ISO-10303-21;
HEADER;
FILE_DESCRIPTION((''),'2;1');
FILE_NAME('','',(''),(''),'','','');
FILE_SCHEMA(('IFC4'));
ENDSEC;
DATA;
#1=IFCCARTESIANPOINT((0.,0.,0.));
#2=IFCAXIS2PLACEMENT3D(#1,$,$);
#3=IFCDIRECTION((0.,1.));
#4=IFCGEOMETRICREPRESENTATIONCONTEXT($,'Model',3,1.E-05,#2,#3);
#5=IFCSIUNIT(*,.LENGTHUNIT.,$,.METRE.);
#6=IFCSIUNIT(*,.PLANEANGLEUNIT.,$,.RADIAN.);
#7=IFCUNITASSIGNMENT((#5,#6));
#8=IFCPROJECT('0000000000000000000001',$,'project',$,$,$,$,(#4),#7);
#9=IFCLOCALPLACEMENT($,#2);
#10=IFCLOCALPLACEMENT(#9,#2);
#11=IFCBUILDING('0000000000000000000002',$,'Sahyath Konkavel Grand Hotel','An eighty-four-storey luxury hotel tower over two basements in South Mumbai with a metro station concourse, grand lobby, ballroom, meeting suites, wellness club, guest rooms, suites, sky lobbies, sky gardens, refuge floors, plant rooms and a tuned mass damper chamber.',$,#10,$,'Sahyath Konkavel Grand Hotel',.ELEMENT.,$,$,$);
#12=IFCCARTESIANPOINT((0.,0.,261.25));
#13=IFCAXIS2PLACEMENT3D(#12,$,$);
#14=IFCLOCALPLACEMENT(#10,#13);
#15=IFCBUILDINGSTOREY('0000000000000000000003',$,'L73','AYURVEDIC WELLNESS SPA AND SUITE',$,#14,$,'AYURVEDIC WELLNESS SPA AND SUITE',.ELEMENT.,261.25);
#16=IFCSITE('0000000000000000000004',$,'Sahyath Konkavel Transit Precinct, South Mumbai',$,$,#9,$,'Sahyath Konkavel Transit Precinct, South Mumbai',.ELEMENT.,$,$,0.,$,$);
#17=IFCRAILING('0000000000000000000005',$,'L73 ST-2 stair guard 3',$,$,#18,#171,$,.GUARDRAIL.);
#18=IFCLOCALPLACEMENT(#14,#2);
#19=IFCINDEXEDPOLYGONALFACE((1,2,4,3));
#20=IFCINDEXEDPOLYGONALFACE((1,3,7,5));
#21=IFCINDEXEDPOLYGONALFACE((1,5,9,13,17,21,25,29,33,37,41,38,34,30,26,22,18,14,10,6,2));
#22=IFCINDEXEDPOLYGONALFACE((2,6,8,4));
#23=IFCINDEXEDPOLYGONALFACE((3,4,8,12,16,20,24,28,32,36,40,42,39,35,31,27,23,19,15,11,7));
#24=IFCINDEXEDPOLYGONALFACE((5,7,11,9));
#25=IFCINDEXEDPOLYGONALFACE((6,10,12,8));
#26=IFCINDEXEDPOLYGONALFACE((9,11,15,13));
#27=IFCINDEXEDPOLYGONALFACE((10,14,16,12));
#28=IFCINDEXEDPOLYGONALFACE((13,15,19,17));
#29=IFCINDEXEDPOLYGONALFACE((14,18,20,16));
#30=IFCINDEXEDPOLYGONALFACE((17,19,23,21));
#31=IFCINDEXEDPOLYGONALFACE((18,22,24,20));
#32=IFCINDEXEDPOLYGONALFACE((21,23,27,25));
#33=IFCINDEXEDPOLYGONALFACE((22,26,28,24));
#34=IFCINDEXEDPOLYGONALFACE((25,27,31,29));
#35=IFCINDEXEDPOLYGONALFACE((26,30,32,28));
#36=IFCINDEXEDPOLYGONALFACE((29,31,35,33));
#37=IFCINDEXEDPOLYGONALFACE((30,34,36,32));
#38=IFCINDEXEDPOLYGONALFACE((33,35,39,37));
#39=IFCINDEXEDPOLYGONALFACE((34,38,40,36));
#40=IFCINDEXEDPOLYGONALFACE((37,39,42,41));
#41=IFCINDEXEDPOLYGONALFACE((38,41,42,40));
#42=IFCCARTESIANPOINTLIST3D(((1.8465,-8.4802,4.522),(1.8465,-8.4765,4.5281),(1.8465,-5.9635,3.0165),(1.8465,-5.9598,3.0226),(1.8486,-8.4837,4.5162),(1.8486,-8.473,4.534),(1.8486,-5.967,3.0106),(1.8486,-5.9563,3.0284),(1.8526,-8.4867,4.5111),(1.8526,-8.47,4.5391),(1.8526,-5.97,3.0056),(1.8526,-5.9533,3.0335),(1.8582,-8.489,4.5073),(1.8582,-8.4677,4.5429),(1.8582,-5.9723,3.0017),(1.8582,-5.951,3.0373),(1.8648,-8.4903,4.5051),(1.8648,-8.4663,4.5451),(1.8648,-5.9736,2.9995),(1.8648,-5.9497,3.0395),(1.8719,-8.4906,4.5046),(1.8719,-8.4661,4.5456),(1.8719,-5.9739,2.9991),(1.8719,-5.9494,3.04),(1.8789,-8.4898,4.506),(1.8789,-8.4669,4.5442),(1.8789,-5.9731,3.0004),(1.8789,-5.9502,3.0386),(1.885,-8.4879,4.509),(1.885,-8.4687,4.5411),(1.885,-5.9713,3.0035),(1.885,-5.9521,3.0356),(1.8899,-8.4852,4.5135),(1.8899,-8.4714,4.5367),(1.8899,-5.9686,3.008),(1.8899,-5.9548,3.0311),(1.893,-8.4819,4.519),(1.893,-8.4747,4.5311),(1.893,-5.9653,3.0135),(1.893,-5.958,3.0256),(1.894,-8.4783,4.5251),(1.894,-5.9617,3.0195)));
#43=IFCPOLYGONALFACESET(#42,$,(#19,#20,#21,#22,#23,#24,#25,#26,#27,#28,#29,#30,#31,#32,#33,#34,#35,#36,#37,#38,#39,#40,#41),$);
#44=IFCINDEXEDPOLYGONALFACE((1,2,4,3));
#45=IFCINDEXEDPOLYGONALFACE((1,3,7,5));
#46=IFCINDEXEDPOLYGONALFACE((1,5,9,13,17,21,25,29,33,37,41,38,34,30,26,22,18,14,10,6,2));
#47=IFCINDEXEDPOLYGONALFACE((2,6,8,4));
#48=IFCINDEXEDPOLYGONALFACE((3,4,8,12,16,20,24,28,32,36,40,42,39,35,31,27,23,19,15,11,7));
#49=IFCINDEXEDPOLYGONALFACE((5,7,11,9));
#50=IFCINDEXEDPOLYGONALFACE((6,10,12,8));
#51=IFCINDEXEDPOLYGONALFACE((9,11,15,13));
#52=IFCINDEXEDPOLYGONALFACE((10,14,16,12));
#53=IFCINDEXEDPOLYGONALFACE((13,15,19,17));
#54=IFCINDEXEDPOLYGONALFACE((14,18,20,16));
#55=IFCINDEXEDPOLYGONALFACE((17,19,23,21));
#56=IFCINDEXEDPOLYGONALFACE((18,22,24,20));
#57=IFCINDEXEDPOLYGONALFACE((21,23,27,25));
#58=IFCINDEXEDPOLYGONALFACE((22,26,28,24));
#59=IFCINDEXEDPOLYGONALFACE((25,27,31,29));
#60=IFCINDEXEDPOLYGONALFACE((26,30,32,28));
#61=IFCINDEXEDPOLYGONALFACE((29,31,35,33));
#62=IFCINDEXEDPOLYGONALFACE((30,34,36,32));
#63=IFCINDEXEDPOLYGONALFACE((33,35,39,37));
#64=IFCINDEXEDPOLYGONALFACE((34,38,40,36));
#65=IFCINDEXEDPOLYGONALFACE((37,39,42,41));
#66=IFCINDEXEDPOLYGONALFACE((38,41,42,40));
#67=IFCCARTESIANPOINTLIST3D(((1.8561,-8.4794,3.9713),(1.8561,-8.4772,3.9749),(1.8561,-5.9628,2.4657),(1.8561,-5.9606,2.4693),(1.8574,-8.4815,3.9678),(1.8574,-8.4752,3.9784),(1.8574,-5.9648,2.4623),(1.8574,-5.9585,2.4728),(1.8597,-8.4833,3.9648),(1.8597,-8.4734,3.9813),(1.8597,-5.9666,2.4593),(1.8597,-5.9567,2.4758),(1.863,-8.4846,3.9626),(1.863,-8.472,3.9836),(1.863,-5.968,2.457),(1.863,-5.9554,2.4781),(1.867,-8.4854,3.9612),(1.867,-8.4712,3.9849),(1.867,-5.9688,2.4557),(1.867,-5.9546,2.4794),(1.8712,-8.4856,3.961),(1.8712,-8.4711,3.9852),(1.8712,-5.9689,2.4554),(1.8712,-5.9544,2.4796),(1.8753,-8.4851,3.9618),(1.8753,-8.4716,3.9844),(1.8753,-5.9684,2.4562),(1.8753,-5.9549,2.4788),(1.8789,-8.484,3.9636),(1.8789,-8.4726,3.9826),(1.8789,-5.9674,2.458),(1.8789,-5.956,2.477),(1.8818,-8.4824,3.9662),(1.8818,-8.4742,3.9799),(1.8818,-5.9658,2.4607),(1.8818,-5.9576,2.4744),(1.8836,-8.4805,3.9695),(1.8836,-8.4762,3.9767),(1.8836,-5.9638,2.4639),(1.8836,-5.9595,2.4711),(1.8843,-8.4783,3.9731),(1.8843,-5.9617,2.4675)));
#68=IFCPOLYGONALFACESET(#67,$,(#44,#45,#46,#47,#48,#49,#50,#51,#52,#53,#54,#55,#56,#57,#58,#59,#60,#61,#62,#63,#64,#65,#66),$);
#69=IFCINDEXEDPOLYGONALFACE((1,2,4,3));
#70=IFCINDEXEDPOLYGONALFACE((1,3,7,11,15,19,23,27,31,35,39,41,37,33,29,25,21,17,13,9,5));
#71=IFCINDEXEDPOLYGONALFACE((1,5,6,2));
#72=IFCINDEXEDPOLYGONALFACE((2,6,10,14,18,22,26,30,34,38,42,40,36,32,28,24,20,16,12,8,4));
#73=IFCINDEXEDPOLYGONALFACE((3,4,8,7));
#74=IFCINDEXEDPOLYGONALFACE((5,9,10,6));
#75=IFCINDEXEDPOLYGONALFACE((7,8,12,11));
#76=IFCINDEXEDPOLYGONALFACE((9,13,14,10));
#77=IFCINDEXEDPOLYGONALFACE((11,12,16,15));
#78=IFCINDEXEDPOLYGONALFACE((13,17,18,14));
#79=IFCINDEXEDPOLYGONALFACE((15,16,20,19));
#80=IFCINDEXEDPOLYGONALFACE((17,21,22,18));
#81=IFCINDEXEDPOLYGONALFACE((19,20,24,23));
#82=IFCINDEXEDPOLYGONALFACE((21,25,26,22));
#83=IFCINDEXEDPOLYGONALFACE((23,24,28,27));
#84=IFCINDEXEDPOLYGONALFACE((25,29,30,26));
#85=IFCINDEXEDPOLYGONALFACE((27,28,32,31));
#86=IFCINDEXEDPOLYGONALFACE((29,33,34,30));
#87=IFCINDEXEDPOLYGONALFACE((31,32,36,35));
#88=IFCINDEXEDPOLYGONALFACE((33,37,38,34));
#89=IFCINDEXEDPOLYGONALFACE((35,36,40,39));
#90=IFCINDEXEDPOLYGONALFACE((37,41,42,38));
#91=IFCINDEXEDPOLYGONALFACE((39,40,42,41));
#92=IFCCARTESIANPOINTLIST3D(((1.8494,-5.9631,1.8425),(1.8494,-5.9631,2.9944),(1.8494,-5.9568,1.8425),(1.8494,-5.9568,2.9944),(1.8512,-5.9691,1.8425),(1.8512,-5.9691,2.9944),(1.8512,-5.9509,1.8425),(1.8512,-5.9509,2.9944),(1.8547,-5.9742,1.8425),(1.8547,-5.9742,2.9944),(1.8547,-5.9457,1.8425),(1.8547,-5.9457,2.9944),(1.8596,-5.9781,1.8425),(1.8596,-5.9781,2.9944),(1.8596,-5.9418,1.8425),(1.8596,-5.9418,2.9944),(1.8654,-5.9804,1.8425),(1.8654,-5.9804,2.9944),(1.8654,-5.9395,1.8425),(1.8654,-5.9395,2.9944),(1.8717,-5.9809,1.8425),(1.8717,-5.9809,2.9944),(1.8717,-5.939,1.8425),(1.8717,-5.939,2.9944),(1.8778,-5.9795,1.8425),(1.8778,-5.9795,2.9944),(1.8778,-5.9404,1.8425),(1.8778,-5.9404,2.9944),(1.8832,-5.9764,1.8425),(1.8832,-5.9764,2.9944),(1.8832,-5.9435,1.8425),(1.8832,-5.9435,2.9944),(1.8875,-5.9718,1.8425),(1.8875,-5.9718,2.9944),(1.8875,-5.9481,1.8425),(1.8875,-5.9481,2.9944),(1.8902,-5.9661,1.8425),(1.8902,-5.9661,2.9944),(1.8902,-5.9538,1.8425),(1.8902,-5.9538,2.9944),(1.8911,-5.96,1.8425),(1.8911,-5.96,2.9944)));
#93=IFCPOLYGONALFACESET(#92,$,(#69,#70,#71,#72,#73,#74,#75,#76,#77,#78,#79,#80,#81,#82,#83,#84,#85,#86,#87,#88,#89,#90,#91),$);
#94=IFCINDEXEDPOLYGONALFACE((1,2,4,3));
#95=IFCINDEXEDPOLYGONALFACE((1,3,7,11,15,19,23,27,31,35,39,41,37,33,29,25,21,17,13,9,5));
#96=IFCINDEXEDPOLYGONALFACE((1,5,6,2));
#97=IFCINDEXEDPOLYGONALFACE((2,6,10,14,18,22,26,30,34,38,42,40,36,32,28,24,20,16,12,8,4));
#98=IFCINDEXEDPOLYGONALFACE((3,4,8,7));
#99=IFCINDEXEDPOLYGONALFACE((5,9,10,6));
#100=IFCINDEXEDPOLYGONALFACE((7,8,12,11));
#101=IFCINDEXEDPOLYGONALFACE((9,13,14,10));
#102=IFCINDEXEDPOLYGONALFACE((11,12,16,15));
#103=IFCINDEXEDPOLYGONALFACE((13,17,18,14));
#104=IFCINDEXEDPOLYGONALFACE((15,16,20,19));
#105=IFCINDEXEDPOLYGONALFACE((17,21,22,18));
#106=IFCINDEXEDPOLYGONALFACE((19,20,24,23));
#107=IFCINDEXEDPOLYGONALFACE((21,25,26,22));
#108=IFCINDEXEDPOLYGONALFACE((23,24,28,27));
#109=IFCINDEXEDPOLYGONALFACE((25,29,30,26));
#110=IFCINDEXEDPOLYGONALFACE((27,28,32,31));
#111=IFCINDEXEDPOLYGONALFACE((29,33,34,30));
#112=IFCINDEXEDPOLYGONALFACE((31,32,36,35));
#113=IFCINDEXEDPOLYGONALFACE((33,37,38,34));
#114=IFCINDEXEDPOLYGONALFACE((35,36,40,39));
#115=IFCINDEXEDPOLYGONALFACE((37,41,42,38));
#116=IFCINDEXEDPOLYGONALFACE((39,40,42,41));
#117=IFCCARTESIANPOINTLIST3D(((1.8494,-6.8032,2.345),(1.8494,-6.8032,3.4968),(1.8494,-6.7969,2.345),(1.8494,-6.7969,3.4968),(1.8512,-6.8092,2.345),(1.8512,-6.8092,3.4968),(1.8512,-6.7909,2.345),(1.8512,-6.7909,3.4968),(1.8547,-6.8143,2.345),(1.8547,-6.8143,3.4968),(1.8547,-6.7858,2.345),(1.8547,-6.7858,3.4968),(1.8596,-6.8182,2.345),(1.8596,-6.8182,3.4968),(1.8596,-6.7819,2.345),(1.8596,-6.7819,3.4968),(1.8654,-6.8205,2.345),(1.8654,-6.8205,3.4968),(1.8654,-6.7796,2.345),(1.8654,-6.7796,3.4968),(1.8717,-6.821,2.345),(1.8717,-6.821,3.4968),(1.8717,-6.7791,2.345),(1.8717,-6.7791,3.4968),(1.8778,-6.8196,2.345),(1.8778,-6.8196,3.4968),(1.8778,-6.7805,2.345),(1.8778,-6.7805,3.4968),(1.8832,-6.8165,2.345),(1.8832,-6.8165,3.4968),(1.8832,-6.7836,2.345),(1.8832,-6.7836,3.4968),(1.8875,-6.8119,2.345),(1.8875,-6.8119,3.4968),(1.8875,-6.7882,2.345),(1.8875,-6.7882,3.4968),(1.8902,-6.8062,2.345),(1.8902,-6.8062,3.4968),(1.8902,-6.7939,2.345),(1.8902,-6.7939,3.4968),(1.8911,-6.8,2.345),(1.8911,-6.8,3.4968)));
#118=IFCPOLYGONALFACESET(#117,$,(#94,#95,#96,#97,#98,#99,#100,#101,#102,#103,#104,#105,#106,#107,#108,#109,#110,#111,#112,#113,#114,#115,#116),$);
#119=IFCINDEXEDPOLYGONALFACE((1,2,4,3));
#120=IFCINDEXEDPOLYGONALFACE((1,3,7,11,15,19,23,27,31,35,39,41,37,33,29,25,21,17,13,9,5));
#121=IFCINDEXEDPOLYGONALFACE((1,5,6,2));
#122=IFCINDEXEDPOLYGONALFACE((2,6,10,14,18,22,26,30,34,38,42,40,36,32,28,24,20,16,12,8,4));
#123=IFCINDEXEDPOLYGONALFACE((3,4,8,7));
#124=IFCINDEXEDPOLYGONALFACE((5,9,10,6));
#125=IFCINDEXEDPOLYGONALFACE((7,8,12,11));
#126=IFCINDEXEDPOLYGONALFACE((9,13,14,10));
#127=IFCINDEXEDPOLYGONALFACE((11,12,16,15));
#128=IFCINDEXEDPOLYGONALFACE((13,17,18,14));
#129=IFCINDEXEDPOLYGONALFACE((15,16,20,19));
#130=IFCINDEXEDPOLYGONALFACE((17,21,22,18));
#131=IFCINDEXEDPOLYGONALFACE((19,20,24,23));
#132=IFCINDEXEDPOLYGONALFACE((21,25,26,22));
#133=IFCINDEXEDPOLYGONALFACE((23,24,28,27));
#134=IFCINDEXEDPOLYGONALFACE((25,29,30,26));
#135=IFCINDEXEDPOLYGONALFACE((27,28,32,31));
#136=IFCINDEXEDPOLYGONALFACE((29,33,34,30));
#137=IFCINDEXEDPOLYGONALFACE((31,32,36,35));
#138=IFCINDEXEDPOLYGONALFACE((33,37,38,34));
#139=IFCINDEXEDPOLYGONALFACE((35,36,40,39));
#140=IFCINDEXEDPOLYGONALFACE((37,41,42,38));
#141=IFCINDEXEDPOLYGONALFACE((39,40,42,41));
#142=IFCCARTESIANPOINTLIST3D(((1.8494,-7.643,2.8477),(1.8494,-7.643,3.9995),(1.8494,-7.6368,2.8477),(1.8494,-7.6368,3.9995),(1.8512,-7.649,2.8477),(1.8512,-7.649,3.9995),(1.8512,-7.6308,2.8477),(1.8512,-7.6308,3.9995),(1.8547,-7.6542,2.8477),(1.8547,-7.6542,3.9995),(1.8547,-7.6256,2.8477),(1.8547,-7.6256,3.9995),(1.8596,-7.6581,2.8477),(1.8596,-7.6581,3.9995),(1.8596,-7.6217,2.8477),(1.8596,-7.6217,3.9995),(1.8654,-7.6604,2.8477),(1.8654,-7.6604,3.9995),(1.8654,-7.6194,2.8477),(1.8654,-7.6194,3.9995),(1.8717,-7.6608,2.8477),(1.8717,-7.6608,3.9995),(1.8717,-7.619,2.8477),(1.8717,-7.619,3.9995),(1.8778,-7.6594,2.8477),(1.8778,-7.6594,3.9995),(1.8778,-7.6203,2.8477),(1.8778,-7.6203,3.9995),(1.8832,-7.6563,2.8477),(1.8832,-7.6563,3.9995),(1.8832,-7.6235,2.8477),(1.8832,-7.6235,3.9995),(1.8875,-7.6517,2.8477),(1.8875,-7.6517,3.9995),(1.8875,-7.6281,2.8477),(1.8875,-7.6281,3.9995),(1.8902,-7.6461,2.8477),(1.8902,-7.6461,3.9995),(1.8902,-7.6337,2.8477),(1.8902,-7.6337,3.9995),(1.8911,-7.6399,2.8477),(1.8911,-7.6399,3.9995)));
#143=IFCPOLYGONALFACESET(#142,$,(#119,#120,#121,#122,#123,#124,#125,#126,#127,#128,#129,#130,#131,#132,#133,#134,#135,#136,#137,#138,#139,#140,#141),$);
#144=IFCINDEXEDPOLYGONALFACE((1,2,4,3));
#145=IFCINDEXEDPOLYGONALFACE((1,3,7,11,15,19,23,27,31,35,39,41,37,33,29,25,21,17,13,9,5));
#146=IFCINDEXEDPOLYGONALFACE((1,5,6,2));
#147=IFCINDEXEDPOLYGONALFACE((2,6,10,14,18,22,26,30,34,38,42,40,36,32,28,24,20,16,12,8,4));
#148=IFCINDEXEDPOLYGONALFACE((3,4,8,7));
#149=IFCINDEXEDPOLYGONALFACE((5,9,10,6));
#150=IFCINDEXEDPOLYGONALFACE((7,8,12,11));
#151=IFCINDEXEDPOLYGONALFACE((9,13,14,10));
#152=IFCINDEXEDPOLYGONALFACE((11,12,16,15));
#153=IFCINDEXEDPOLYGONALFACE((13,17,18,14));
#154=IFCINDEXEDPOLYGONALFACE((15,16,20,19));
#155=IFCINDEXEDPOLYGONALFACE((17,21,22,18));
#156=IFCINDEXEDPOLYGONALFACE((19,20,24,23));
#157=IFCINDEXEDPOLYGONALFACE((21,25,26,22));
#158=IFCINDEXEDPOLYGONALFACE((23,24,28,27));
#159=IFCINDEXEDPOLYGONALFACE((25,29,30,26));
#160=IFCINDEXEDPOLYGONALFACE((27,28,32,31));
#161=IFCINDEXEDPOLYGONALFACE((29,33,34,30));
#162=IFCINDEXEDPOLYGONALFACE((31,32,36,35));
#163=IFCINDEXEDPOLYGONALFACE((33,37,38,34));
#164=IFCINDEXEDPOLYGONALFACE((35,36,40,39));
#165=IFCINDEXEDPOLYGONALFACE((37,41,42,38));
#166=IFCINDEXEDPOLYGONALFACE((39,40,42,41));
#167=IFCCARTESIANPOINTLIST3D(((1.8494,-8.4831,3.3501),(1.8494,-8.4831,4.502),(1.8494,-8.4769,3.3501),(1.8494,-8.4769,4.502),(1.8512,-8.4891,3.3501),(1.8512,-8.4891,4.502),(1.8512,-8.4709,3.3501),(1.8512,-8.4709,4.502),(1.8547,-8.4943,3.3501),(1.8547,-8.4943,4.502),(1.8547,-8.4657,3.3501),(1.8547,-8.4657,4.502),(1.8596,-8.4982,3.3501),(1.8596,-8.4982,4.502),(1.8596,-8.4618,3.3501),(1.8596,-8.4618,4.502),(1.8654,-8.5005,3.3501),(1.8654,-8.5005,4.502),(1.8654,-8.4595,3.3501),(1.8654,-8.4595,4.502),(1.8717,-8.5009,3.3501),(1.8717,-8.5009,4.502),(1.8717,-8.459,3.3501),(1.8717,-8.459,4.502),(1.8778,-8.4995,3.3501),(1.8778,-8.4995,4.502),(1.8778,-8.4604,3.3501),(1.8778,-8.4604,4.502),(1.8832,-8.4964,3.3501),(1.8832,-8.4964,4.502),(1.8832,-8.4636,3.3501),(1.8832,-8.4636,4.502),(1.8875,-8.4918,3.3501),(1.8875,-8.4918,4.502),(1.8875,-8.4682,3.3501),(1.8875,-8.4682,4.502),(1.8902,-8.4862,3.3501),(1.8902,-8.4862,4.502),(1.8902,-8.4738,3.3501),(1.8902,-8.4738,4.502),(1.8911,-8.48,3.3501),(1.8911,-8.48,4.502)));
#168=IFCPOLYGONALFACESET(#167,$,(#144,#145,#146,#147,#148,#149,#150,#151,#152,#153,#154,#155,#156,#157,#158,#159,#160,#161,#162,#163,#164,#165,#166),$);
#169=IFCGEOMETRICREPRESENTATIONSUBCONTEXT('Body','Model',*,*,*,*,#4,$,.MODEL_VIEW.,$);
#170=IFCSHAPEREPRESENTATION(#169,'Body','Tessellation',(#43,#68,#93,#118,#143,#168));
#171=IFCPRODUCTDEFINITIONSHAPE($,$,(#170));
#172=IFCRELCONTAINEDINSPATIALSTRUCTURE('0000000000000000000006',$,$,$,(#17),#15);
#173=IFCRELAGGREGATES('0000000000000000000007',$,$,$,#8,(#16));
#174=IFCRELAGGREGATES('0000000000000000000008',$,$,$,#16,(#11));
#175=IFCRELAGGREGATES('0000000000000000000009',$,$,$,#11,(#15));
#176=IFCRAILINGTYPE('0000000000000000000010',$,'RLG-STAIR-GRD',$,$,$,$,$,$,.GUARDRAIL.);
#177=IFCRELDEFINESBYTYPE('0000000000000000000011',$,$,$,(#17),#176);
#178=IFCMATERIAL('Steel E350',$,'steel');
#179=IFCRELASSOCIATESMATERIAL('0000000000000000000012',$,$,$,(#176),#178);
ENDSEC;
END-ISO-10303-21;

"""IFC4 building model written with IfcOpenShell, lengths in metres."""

from ifc_helpers import new_model, si_unit, direction, frame, origin, origin_2d, place, context, subcontext, project, spatial, circle, extrude, material, type_object, element, save


model = new_model("IFC4")

# Units and contexts
model_context = context("Model", 3, precision=1e-05, world=origin(), true_north=direction((0.0, 1.0)))
body_context = subcontext(model_context, "Body", "Model", "MODEL_VIEW")
ifc_project = project(units=[si_unit("LENGTHUNIT", "METRE"), si_unit("PLANEANGLEUNIT", "RADIAN")], contexts=[model_context])

# Site, building, storey
site_placement = place(None, origin())
site = spatial("IfcSite", under=ifc_project, at=site_placement, Name="Sahyath Konkavel Transit Precinct, South Mumbai", LongName="Sahyath Konkavel Transit Precinct, South Mumbai", CompositionType="ELEMENT", RefElevation=0.0)
building_placement = place(site_placement, origin())
building = spatial("IfcBuilding", under=site, at=building_placement, Name="Sahyath Konkavel Grand Hotel", Description="An eighty-four-storey luxury hotel tower over two basements in South Mumbai with a metro station concourse, grand lobby, ballroom, meeting suites, wellness club, guest rooms, suites, sky lobbies, sky gardens, refuge floors, plant rooms and a tuned mass damper chamber.", LongName="Sahyath Konkavel Grand Hotel", CompositionType="ELEMENT")
storey_placement = place(building_placement, frame((0.0, 0.0, 261.25)))
storey = spatial("IfcBuildingStorey", under=building, at=storey_placement, Name="L73", Description="AYURVEDIC WELLNESS SPA AND SUITE", LongName="AYURVEDIC WELLNESS SPA AND SUITE", CompositionType="ELEMENT", Elevation=261.25)

# Shared definitions
ifc_material_1 = material(Name="Steel E350", Category="steel")

# Railing
railing_type_1 = type_object("IfcRailingType", Name="RLG-STAIR-GRD", PredefinedType="GUARDRAIL", material=ifc_material_1)
railing_1_placement = place(storey_placement, frame((1.8701, -5.96, 1.8425)))
element("IfcRailing", 1, at=railing_1_placement, inside=storey, type_object=railing_type_1, Name="L73 ST-2 stair guard 3", PredefinedType="GUARDRAIL", context=body_context, shape_type="SweptSolid", body=[
    extrude(circle(Radius=0.0239, at=origin_2d()), frame((0.0, -0.0017, 1.177), z_axis=(0.0, -0.85816, 0.513383), x_axis=(1.0, 0.0, 0.0)), (0.0, 0.0, 1.0), 2.9326),
    extrude(circle(Radius=0.0142, at=origin_2d()), frame((0.0, -0.0017, 0.625), z_axis=(0.0, -0.85816, 0.513383), x_axis=(1.0, 0.0, 0.0)), (0.0, 0.0, 1.0), 2.9326),
    extrude(circle(Radius=0.021, at=origin_2d()), origin(), (0.0, 0.0, 1.0), 1.1519),
    extrude(circle(Radius=0.021, at=origin_2d()), frame((0.0, -0.8401, 0.5024)), (0.0, 0.0, 1.0), 1.1519),
    extrude(circle(Radius=0.021, at=origin_2d()), frame((0.0, -1.6799, 1.0051)), (0.0, 0.0, 1.0), 1.1519),
    extrude(circle(Radius=0.021, at=origin_2d()), frame((0.0, -2.52, 1.5076)), (0.0, 0.0, 1.0), 1.1519),
])

save(model, "model.ifc")
